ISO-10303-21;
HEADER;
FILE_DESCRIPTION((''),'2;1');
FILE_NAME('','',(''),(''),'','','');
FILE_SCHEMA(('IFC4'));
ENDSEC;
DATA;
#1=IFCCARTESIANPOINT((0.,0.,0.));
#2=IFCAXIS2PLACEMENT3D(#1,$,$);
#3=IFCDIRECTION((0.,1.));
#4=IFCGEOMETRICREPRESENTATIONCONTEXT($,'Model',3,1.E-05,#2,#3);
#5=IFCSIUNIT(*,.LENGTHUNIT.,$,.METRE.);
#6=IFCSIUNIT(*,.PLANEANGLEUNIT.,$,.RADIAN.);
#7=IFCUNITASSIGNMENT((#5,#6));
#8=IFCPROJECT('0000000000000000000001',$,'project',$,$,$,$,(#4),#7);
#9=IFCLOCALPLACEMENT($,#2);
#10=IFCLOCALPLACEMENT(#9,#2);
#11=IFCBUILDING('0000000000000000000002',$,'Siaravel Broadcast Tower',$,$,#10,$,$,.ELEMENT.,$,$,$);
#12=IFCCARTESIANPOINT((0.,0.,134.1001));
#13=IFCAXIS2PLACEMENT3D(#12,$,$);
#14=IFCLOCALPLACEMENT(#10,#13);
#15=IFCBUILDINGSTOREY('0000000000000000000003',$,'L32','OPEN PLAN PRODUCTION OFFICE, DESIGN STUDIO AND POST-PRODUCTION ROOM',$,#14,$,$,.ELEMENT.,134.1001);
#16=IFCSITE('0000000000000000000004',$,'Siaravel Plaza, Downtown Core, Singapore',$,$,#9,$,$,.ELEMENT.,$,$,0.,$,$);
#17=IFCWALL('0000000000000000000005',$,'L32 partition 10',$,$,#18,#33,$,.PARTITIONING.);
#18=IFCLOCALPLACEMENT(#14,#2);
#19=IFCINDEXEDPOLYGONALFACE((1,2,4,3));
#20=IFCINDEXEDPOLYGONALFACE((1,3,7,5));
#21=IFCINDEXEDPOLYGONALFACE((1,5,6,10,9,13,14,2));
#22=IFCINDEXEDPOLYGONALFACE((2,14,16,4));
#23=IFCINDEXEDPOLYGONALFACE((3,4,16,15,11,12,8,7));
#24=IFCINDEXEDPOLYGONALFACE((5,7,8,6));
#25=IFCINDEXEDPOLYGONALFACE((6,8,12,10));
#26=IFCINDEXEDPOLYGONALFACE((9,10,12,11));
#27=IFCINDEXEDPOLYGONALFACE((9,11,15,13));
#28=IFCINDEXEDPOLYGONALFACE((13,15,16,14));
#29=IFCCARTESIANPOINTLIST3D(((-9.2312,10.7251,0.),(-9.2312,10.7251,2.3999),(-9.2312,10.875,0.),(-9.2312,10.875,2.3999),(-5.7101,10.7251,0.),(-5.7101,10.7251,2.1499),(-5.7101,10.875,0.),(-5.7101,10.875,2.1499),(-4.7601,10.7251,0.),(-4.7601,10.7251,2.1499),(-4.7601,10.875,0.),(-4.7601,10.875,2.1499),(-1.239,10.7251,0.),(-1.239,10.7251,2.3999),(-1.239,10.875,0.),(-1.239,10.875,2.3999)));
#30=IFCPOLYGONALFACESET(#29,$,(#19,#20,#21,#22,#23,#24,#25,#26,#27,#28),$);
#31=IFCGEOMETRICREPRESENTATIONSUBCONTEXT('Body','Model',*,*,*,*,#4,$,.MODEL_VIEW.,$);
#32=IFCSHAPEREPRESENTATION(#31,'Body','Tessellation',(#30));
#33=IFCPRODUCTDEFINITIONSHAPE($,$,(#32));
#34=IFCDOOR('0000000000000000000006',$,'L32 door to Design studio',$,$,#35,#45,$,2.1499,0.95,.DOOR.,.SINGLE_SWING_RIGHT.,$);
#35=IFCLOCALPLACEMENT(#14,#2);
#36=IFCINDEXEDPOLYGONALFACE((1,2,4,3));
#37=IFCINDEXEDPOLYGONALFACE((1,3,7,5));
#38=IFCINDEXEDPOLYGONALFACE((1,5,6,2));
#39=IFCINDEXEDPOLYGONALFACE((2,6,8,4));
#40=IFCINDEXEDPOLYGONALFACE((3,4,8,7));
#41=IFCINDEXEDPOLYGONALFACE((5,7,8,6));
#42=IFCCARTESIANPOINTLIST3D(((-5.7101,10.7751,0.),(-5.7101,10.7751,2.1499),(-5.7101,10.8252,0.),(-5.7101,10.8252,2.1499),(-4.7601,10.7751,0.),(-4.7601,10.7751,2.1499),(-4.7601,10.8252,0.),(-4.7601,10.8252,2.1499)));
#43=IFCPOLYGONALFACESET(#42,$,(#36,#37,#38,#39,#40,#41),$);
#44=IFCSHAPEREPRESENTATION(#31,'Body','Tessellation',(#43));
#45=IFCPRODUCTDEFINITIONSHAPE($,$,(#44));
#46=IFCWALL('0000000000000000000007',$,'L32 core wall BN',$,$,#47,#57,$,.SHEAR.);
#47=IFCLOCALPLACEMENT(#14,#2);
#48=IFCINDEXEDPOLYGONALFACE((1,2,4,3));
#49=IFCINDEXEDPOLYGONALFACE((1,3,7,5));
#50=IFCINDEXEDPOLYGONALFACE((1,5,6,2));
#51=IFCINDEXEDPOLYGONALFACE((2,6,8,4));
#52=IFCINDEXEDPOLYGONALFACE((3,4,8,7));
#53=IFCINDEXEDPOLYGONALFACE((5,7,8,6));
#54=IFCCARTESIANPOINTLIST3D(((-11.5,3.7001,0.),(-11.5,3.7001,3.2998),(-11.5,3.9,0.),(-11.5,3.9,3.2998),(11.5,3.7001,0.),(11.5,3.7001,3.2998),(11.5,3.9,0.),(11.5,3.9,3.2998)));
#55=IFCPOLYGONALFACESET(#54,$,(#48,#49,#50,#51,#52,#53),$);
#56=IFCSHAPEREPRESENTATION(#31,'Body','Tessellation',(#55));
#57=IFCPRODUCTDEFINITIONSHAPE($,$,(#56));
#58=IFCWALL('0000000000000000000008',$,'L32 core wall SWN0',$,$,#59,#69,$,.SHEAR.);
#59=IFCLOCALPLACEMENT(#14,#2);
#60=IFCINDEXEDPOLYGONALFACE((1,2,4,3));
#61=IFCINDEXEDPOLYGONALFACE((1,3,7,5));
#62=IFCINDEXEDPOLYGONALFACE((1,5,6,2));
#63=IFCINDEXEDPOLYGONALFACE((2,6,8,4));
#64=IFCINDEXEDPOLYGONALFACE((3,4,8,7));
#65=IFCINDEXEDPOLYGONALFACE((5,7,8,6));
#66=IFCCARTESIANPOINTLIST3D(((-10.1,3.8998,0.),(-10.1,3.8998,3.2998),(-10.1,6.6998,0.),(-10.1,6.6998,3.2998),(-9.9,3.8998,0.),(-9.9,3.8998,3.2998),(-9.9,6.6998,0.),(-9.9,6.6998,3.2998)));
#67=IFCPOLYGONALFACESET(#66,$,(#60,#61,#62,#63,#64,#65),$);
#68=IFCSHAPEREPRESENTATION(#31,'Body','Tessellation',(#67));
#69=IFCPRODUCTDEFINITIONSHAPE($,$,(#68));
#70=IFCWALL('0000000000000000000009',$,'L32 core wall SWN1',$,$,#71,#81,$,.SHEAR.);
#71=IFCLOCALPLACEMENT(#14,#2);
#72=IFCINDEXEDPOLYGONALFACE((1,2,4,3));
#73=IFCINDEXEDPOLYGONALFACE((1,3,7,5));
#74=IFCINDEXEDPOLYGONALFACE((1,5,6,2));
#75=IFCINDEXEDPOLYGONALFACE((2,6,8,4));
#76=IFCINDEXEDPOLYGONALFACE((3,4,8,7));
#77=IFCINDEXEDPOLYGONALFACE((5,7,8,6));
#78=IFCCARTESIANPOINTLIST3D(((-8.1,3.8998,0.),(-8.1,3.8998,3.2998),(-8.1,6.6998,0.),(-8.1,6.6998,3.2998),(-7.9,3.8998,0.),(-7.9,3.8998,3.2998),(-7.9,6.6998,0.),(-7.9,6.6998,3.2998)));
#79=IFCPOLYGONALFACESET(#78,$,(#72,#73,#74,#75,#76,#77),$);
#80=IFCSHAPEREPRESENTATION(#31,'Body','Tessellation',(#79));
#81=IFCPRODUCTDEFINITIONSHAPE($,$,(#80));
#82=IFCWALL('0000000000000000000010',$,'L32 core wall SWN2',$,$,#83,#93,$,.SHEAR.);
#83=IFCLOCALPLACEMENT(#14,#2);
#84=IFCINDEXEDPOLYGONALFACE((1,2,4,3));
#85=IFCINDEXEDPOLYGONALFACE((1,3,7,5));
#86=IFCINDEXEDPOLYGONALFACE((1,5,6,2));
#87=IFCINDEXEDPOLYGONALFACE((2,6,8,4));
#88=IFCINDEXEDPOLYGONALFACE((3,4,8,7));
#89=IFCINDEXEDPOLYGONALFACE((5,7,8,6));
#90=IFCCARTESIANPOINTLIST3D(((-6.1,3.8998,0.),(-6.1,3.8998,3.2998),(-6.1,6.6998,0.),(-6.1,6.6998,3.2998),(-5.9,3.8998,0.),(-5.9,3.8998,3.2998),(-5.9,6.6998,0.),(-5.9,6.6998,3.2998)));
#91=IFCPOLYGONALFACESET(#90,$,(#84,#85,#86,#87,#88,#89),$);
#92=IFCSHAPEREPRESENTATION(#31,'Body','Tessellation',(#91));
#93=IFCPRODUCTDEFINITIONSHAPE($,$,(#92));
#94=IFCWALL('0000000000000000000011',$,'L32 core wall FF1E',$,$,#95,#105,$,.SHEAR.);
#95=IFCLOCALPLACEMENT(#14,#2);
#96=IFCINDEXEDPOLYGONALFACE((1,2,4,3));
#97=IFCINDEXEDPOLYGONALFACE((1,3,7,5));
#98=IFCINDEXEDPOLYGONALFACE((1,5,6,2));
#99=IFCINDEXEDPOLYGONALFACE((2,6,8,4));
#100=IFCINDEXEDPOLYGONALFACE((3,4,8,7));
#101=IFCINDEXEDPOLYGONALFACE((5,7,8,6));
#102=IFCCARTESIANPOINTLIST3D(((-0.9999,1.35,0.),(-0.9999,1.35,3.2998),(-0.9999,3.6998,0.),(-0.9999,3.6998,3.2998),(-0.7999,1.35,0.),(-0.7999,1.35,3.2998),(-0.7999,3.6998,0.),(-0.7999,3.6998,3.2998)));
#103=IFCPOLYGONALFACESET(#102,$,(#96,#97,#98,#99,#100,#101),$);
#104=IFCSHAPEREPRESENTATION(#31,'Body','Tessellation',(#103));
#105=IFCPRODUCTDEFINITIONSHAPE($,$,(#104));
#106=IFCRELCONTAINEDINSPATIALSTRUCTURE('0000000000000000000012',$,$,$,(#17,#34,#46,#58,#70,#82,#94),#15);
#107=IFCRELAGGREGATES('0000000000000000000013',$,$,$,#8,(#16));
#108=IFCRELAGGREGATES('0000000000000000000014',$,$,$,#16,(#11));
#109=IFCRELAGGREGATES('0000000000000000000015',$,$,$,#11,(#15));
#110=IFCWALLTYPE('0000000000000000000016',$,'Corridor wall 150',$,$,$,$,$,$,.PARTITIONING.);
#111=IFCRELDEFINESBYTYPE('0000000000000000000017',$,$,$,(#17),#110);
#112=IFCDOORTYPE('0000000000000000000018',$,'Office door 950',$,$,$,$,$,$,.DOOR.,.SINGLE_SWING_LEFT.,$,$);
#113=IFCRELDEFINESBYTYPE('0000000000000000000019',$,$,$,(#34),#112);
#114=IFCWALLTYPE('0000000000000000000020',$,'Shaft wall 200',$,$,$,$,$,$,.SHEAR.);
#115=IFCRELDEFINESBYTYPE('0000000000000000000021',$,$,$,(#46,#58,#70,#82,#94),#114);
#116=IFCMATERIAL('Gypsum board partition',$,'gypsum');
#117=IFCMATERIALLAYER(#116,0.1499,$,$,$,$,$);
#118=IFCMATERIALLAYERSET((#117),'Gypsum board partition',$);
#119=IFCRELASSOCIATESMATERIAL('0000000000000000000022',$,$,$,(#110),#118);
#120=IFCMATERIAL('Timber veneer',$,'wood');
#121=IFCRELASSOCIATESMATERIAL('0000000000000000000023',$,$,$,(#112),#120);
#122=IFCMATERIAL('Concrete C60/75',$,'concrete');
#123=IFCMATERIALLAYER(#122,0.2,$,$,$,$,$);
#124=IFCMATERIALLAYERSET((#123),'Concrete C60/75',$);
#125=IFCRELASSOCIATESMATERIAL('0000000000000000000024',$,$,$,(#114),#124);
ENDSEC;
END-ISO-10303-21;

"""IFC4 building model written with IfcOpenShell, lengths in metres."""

from ifc_helpers import new_model, si_unit, direction, frame, frame_2d, origin, place, context, subcontext, project, spatial, rectangle, extrude, material, layer, layer_set, type_object, element, fill, save


model = new_model("IFC4")

# Units and contexts
model_context = context("Model", 3, precision=1e-05, world=origin(), true_north=direction((0.0, 1.0)))
body_context = subcontext(model_context, "Body", "Model", "MODEL_VIEW")
ifc_project = project(units=[si_unit("LENGTHUNIT", "METRE"), si_unit("PLANEANGLEUNIT", "RADIAN")], contexts=[model_context])

# Site, building, storey
site_placement = place(None, origin())
site = spatial("IfcSite", under=ifc_project, at=site_placement, Name="Siaravel Plaza, Downtown Core, Singapore", CompositionType="ELEMENT", RefElevation=0.0)
building_placement = place(site_placement, origin())
building = spatial("IfcBuilding", under=site, at=building_placement, Name="Siaravel Broadcast Tower", CompositionType="ELEMENT")
storey_placement = place(building_placement, frame((0.0, 0.0, 134.1001)))
storey = spatial("IfcBuildingStorey", under=building, at=storey_placement, Name="L32", Description="OPEN PLAN PRODUCTION OFFICE, DESIGN STUDIO AND POST-PRODUCTION ROOM", CompositionType="ELEMENT", Elevation=134.1001)

# Shared definitions
ifc_material_1 = material(Name="Concrete C60/75", Category="concrete")
ifc_material_2 = material(Name="Timber veneer", Category="wood")

# Wall, opening, door
ifc_material_3 = material(Name="Gypsum board partition", Category="gypsum")
ifc_layer_1 = layer(ifc_material_3, 0.1499)
ifc_layer_set_1 = layer_set([ifc_layer_1], Name="Gypsum board partition")
wall_type_1 = type_object("IfcWallType", Name="Corridor wall 150", PredefinedType="PARTITIONING", material=ifc_layer_set_1)
wall_1_placement = place(storey_placement, frame((-1.239, 10.8, 0.0), z_axis=(0.0, 0.0, 1.0), x_axis=(-1.0, 0.0, 0.0)))
wall_1 = element("IfcWall", 1, at=wall_1_placement, inside=storey, type_object=wall_type_1, Name="L32 partition 10", PredefinedType="PARTITIONING", context=body_context, shape_type="SweptSolid", body=[
    extrude(rectangle(XDim=7.9922, YDim=0.1499, at=frame_2d((3.9961, 0.0))), origin(), (0.0, 0.0, 1.0), 2.3999),
])
opening_1_placement = place(wall_1_placement, frame((3.521, 0.0, 0.0)))
opening_1 = element("IfcOpeningElement", 2, at=opening_1_placement, cuts=wall_1, PredefinedType="OPENING", context=body_context, shape_type="SweptSolid", body=[
    extrude(rectangle(XDim=0.95, YDim=2.1499, at=frame_2d((0.4751, 1.075))), frame((0.0, 0.085, 0.0), z_axis=(0.0, -1.0, 0.0), x_axis=(1.0, 0.0, 0.0)), (0.0, 0.0, 1.0), 0.1699),
])
door_type_1 = type_object("IfcDoorType", Name="Office door 950", OperationType="SINGLE_SWING_LEFT", PredefinedType="DOOR", material=ifc_material_2)
door_1_placement = place(opening_1_placement, origin())
door_1 = element("IfcDoor", 3, at=door_1_placement, inside=storey, type_object=door_type_1, Name="L32 door to Design studio", OperationType="SINGLE_SWING_RIGHT", OverallHeight=2.1499, OverallWidth=0.95, PredefinedType="DOOR", context=body_context, shape_type="SweptSolid", body=[
    extrude(rectangle(XDim=0.95, YDim=2.1499, at=frame_2d((0.4751, 1.075))), frame((0.0, 0.0249, 0.0), z_axis=(0.0, -1.0, 0.0), x_axis=(1.0, 0.0, 0.0)), (0.0, 0.0, 1.0), 0.05),
])
fill(opening_1, door_1)

# Walls
ifc_layer_2 = layer(ifc_material_1, 0.2)
ifc_layer_set_2 = layer_set([ifc_layer_2], Name="Concrete C60/75")
wall_type_2 = type_object("IfcWallType", Name="Shaft wall 200", PredefinedType="SHEAR", material=ifc_layer_set_2)
wall_2_placement = place(storey_placement, frame((-11.5, 3.8, 0.0), z_axis=(0.0, 0.0, 1.0), x_axis=(1.0, 0.0, 0.0)))
element("IfcWall", 4, at=wall_2_placement, inside=storey, type_object=wall_type_2, Name="L32 core wall BN", PredefinedType="SHEAR", context=body_context, shape_type="SweptSolid", body=[
    extrude(rectangle(XDim=23.0, YDim=0.2, at=frame_2d((11.5, 0.0))), origin(), (0.0, 0.0, 1.0), 3.2998),
])
for number, where, z_axis, x_axis, name in (
    (5, (-10.0, 3.8999, 0.0), (0.0, 0.0, 1.0), (0.0, 1.0, 0.0), "L32 core wall SWN0"),
    (6, (-8.0, 3.8999, 0.0), (0.0, 0.0, 1.0), (0.0, 1.0, 0.0), "L32 core wall SWN1"),
    (7, (-6.0, 3.8999, 0.0), (0.0, 0.0, 1.0), (0.0, 1.0, 0.0), "L32 core wall SWN2"),
):
    element("IfcWall", number, at=place(storey_placement, frame(where, z_axis=z_axis, x_axis=x_axis)), inside=storey, type_object=wall_type_2, Name=name, PredefinedType="SHEAR", context=body_context, shape_type="SweptSolid", body=[
        extrude(rectangle(XDim=2.8, YDim=0.2, at=frame_2d((1.3999, 0.0))), origin(), (0.0, 0.0, 1.0), 3.2998),
    ])
wall_3_placement = place(storey_placement, frame((-0.8999, 1.3501, 0.0), z_axis=(0.0, 0.0, 1.0), x_axis=(0.0, 1.0, 0.0)))
element("IfcWall", 8, at=wall_3_placement, inside=storey, type_object=wall_type_2, Name="L32 core wall FF1E", PredefinedType="SHEAR", context=body_context, shape_type="SweptSolid", body=[
    extrude(rectangle(XDim=2.3499, YDim=0.2, at=frame_2d((1.1748, 0.0))), origin(), (0.0, 0.0, 1.0), 3.2998),
])

save(model, "model.ifc")
